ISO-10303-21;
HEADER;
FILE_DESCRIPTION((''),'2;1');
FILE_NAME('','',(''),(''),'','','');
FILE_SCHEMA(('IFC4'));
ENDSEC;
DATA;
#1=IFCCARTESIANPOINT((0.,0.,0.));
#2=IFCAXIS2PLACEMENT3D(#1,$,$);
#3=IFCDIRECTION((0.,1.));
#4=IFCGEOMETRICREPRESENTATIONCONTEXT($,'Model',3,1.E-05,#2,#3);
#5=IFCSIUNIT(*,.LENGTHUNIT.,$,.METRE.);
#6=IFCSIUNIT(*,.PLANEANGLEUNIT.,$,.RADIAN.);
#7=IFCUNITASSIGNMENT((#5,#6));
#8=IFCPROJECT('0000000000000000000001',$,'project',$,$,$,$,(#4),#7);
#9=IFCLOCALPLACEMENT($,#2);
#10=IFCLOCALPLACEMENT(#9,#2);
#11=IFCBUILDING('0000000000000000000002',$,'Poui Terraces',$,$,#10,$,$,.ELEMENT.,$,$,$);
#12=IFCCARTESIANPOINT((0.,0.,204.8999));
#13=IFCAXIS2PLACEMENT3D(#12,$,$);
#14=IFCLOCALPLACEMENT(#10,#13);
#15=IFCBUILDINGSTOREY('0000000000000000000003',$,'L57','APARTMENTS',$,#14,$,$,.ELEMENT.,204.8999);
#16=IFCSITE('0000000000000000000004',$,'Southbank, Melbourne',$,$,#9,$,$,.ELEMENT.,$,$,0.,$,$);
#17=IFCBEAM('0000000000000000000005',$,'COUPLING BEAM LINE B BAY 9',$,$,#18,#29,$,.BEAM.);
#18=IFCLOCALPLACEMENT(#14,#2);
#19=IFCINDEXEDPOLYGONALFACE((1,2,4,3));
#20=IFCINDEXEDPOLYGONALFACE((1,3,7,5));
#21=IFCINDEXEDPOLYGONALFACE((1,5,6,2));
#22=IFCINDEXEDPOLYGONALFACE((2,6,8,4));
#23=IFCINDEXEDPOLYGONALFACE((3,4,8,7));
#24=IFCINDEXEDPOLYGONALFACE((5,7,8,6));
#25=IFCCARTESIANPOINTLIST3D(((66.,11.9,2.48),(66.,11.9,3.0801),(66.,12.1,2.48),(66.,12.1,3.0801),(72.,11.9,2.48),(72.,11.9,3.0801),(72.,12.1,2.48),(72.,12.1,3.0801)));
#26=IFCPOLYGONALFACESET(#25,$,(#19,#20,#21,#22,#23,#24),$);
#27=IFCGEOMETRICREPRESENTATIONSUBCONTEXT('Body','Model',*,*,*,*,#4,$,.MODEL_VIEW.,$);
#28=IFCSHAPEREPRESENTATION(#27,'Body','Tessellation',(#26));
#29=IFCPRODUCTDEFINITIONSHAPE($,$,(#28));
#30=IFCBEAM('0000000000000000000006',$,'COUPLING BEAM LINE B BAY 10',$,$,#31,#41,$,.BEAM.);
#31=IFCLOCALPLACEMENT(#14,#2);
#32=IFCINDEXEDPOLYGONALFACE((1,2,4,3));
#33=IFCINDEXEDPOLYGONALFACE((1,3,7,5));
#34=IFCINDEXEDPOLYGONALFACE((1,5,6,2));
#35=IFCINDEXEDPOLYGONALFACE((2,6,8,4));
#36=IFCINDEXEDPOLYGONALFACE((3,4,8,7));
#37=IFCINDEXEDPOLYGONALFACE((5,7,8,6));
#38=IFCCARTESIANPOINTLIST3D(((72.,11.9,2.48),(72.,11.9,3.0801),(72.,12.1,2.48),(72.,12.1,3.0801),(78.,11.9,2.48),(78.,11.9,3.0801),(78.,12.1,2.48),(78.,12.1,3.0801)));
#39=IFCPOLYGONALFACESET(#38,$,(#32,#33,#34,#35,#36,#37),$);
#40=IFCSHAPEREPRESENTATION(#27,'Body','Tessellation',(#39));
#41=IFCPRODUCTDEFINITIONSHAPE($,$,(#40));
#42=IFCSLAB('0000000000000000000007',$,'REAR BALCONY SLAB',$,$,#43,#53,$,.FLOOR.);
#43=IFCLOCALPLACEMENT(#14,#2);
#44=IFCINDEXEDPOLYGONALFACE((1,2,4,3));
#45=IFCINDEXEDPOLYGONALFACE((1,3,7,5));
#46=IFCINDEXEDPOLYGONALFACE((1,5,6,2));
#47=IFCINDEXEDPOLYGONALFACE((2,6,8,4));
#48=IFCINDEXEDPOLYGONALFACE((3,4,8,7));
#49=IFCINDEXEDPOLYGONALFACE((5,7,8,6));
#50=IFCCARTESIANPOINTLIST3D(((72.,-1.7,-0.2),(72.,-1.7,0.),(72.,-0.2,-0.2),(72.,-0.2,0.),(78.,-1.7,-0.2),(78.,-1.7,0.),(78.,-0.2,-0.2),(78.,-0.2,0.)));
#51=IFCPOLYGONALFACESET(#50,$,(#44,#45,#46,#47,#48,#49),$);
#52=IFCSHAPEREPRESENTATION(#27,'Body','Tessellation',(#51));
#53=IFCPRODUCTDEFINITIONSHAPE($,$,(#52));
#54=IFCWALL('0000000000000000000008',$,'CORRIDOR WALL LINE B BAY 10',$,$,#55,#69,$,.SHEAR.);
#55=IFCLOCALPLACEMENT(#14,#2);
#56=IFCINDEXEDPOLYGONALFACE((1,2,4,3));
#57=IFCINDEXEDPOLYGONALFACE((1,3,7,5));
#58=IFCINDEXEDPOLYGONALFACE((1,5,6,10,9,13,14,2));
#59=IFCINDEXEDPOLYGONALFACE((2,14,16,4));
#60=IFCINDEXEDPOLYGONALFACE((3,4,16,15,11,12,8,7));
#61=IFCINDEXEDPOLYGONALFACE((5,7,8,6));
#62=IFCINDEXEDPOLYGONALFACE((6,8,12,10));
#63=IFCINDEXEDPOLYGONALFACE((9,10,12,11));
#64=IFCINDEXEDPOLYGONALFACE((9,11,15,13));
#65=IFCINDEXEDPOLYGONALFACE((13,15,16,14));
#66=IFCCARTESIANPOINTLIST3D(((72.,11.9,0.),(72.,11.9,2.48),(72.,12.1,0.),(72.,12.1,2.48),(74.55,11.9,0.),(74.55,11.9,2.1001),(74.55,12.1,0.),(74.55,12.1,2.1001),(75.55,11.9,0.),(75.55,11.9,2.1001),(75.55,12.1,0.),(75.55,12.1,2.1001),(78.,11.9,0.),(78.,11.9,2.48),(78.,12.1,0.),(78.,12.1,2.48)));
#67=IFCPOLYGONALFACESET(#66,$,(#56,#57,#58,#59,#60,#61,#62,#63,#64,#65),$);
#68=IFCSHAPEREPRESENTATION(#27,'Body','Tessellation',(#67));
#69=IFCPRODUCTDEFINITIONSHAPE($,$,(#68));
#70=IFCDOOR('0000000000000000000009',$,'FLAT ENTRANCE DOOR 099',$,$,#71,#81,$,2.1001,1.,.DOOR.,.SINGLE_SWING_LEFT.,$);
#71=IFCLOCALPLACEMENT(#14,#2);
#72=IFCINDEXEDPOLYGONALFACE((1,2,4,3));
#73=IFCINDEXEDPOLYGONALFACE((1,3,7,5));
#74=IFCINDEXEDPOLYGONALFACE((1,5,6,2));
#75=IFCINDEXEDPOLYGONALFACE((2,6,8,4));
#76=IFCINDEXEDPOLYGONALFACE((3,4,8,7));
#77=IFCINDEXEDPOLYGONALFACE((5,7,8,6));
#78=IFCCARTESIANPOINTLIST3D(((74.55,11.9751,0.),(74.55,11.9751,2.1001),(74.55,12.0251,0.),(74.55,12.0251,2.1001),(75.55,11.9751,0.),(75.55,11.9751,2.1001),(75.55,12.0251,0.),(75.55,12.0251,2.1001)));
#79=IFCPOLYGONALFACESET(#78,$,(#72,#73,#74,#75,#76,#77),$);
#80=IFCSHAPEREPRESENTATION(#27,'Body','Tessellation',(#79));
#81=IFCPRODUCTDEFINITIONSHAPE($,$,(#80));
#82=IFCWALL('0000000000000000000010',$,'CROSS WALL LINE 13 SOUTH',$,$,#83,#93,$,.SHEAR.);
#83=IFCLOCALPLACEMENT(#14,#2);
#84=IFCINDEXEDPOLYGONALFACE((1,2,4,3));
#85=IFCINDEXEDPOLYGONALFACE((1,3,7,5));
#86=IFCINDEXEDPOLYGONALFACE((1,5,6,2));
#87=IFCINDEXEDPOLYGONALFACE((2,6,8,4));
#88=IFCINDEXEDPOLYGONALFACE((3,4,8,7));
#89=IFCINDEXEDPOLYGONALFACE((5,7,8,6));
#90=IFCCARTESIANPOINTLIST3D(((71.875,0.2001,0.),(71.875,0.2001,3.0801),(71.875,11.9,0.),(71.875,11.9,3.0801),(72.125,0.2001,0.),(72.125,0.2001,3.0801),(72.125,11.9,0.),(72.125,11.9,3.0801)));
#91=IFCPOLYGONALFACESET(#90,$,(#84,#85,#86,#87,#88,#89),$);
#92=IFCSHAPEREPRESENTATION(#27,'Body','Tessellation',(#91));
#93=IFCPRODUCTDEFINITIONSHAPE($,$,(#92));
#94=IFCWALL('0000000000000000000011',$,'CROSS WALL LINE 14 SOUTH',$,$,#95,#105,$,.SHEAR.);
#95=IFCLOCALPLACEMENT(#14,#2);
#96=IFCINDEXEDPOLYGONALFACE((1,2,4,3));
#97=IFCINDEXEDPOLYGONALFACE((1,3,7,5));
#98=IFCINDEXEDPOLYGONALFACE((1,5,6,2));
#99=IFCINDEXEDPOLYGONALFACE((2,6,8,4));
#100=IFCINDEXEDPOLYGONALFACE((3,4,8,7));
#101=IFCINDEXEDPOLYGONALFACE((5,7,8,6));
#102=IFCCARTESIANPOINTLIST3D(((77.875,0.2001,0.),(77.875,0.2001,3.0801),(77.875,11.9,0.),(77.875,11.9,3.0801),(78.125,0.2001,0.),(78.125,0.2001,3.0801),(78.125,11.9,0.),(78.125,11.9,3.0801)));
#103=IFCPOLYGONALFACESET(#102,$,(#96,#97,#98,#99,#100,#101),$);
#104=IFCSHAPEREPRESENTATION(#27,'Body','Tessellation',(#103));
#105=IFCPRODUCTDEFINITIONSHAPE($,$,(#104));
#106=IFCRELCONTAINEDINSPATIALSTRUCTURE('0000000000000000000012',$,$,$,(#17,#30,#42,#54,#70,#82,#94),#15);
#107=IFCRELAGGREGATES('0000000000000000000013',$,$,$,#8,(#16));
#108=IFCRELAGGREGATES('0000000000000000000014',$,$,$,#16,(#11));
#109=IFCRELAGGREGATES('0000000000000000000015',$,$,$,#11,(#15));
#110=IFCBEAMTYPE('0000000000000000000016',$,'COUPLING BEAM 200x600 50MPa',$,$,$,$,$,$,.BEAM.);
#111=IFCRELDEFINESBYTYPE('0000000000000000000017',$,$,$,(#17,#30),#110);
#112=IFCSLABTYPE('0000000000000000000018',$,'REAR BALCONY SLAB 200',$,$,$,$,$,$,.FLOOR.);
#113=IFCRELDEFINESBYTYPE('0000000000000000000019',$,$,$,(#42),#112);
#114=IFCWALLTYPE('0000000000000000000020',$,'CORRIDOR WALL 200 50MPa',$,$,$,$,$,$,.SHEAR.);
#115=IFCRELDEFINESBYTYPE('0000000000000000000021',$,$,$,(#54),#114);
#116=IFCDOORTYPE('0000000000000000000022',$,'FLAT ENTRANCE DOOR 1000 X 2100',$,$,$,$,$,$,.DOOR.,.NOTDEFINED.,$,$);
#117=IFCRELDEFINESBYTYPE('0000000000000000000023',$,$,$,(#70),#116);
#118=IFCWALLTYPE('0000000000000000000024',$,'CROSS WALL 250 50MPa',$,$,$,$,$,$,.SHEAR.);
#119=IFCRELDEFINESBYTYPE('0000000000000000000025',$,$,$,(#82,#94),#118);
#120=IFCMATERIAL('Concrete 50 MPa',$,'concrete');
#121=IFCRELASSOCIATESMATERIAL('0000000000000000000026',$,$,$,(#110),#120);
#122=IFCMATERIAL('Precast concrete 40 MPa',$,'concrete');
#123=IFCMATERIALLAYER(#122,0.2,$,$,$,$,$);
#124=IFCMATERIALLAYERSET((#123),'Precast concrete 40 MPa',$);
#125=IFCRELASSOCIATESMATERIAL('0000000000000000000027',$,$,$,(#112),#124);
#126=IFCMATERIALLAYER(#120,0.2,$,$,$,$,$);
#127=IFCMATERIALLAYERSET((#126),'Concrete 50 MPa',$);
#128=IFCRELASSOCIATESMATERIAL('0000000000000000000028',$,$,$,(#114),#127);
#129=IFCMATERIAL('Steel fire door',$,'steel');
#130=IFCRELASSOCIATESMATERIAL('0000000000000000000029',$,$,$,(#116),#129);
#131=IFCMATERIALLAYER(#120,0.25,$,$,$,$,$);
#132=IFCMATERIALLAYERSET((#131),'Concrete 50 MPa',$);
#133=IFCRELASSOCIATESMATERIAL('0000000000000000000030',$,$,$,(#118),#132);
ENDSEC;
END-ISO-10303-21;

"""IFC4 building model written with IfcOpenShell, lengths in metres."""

from ifc_helpers import new_model, si_unit, direction, frame, frame_2d, origin, origin_2d, place, context, subcontext, project, spatial, polyline, rectangle, outline, extrude, source, transform, mapped, material, layer, layer_set, material_profile, profile_set, type_object, element, fill, save


model = new_model("IFC4")

# Units and contexts
model_context = context("Model", 3, precision=1e-05, world=origin(), true_north=direction((0.0, 1.0)))
body_context = subcontext(model_context, "Body", "Model", "MODEL_VIEW")
ifc_project = project(units=[si_unit("LENGTHUNIT", "METRE"), si_unit("PLANEANGLEUNIT", "RADIAN")], contexts=[model_context])

# Site, building, storey
site_placement = place(None, origin())
site = spatial("IfcSite", under=ifc_project, at=site_placement, Name="Southbank, Melbourne", CompositionType="ELEMENT", RefElevation=0.0)
building_placement = place(site_placement, origin())
building = spatial("IfcBuilding", under=site, at=building_placement, Name="Poui Terraces", CompositionType="ELEMENT")
storey_placement = place(building_placement, frame((0.0, 0.0, 204.8999)))
storey = spatial("IfcBuildingStorey", under=building, at=storey_placement, Name="L57", Description="APARTMENTS", CompositionType="ELEMENT", Elevation=204.8999)

# Beams
ifc_material_1 = material(Name="Concrete 50 MPa", Category="concrete")
ifc_material_profile_1 = material_profile(ifc_material_1, rectangle(XDim=0.2, YDim=0.6001, at=origin_2d()), Name="RC 200x600")
ifc_profile_set_1 = profile_set([ifc_material_profile_1], Name="Concrete 50 MPa")
beam_type = type_object("IfcBeamType", Name="COUPLING BEAM 200x600 50MPa", PredefinedType="BEAM", material=ifc_profile_set_1)
shared_shape_1 = source(origin(), body_context, "Body", "SweptSolid", [
    extrude(rectangle(XDim=0.2, YDim=0.6001, at=origin_2d()), origin(), (0.0, 0.0, 1.0), 6.0),
])
for number, where, z_axis, x_axis, name in (
    (1, (66.0, 12.0, 2.78), (1.0, 0.0, 0.0), (0.0, 1.0, 0.0), "COUPLING BEAM LINE B BAY 9"),
    (2, (72.0, 12.0, 2.78), (1.0, 0.0, 0.0), (0.0, 1.0, 0.0), "COUPLING BEAM LINE B BAY 10"),
):
    element("IfcBeam", number, at=place(storey_placement, frame(where, z_axis=z_axis, x_axis=x_axis)), inside=storey, type_object=beam_type, Name=name, PredefinedType="BEAM", context=body_context, shape_type="MappedRepresentation", body=[
        mapped(shared_shape_1, transform((0.0, 0.0, 0.0))),
    ])

# Slab
ifc_material_2 = material(Name="Precast concrete 40 MPa", Category="concrete")
ifc_layer_1 = layer(ifc_material_2, 0.2)
ifc_layer_set_1 = layer_set([ifc_layer_1], Name="Precast concrete 40 MPa")
slab_type = type_object("IfcSlabType", Name="REAR BALCONY SLAB 200", PredefinedType="FLOOR", material=ifc_layer_set_1)
shared_shape_2 = source(origin(), body_context, "Body", "SweptSolid", [
    extrude(outline(polyline([(0.0, 0.0), (6.0, 0.0), (6.0, 1.5), (0.0, 1.5), (0.0, 0.0)])), origin(), (0.0, 0.0, 1.0), 0.2),
])
slab_placement = place(storey_placement, frame((72.0, -1.7, -0.2)))
element("IfcSlab", 3, at=slab_placement, inside=storey, type_object=slab_type, Name="REAR BALCONY SLAB", PredefinedType="FLOOR", context=body_context, shape_type="MappedRepresentation", body=[
    mapped(shared_shape_2, transform((0.0, 0.0, 0.0))),
])

# Wall, opening, door
ifc_layer_2 = layer(ifc_material_1, 0.2)
ifc_layer_set_2 = layer_set([ifc_layer_2], Name="Concrete 50 MPa")
wall_type_1 = type_object("IfcWallType", Name="CORRIDOR WALL 200 50MPa", PredefinedType="SHEAR", material=ifc_layer_set_2)
wall_1_placement = place(storey_placement, frame((72.0, 12.0, 0.0), z_axis=(0.0, 0.0, 1.0), x_axis=(1.0, 0.0, 0.0)))
wall_1 = element("IfcWall", 4, at=wall_1_placement, inside=storey, type_object=wall_type_1, Name="CORRIDOR WALL LINE B BAY 10", PredefinedType="SHEAR", context=body_context, shape_type="SweptSolid", body=[
    extrude(rectangle(XDim=6.0, YDim=0.2, at=frame_2d((3.0, 0.0))), origin(), (0.0, 0.0, 1.0), 2.48),
])
opening_1_placement = place(wall_1_placement, frame((2.55, 0.0, 0.0)))
opening_1 = element("IfcOpeningElement", 5, at=opening_1_placement, cuts=wall_1, PredefinedType="OPENING", context=body_context, shape_type="SweptSolid", body=[
    extrude(rectangle(XDim=1.0, YDim=2.1001, at=frame_2d((0.5, 1.05))), frame((0.0, 0.1099, 0.0), z_axis=(0.0, -1.0, 0.0), x_axis=(1.0, 0.0, 0.0)), (0.0, 0.0, 1.0), 0.22),
])
ifc_material_3 = material(Name="Steel fire door", Category="steel")
door_type_1 = type_object("IfcDoorType", Name="FLAT ENTRANCE DOOR 1000 X 2100", OperationType="NOTDEFINED", PredefinedType="DOOR", material=ifc_material_3)
door_1_placement = place(opening_1_placement, frame((1.0, 0.0, 0.0), z_axis=(0.0, 0.0, 1.0), x_axis=(-1.0, 0.0, 0.0)))
door_1 = element("IfcDoor", 6, at=door_1_placement, inside=storey, type_object=door_type_1, Name="FLAT ENTRANCE DOOR 099", OperationType="SINGLE_SWING_LEFT", OverallHeight=2.1001, OverallWidth=1.0, PredefinedType="DOOR", context=body_context, shape_type="SweptSolid", body=[
    extrude(rectangle(XDim=1.0, YDim=2.1001, at=frame_2d((0.5, 1.05))), frame((0.0, 0.0249, 0.0), z_axis=(0.0, -1.0, 0.0), x_axis=(1.0, 0.0, 0.0)), (0.0, 0.0, 1.0), 0.05),
])
fill(opening_1, door_1)

# Walls
ifc_layer_3 = layer(ifc_material_1, 0.25)
ifc_layer_set_3 = layer_set([ifc_layer_3], Name="Concrete 50 MPa")
wall_type_2 = type_object("IfcWallType", Name="CROSS WALL 250 50MPa", PredefinedType="SHEAR", material=ifc_layer_set_3)
for number, where, z_axis, x_axis, name in (
    (7, (72.0, 0.2, 0.0), (0.0, 0.0, 1.0), (0.0, 1.0, 0.0), "CROSS WALL LINE 13 SOUTH"),
    (8, (78.0, 0.2, 0.0), (0.0, 0.0, 1.0), (0.0, 1.0, 0.0), "CROSS WALL LINE 14 SOUTH"),
):
    element("IfcWall", number, at=place(storey_placement, frame(where, z_axis=z_axis, x_axis=x_axis)), inside=storey, type_object=wall_type_2, Name=name, PredefinedType="SHEAR", context=body_context, shape_type="SweptSolid", body=[
        extrude(rectangle(XDim=11.7, YDim=0.25, at=frame_2d((5.8501, 0.0))), origin(), (0.0, 0.0, 1.0), 3.0801),
    ])

save(model, "model.ifc")
